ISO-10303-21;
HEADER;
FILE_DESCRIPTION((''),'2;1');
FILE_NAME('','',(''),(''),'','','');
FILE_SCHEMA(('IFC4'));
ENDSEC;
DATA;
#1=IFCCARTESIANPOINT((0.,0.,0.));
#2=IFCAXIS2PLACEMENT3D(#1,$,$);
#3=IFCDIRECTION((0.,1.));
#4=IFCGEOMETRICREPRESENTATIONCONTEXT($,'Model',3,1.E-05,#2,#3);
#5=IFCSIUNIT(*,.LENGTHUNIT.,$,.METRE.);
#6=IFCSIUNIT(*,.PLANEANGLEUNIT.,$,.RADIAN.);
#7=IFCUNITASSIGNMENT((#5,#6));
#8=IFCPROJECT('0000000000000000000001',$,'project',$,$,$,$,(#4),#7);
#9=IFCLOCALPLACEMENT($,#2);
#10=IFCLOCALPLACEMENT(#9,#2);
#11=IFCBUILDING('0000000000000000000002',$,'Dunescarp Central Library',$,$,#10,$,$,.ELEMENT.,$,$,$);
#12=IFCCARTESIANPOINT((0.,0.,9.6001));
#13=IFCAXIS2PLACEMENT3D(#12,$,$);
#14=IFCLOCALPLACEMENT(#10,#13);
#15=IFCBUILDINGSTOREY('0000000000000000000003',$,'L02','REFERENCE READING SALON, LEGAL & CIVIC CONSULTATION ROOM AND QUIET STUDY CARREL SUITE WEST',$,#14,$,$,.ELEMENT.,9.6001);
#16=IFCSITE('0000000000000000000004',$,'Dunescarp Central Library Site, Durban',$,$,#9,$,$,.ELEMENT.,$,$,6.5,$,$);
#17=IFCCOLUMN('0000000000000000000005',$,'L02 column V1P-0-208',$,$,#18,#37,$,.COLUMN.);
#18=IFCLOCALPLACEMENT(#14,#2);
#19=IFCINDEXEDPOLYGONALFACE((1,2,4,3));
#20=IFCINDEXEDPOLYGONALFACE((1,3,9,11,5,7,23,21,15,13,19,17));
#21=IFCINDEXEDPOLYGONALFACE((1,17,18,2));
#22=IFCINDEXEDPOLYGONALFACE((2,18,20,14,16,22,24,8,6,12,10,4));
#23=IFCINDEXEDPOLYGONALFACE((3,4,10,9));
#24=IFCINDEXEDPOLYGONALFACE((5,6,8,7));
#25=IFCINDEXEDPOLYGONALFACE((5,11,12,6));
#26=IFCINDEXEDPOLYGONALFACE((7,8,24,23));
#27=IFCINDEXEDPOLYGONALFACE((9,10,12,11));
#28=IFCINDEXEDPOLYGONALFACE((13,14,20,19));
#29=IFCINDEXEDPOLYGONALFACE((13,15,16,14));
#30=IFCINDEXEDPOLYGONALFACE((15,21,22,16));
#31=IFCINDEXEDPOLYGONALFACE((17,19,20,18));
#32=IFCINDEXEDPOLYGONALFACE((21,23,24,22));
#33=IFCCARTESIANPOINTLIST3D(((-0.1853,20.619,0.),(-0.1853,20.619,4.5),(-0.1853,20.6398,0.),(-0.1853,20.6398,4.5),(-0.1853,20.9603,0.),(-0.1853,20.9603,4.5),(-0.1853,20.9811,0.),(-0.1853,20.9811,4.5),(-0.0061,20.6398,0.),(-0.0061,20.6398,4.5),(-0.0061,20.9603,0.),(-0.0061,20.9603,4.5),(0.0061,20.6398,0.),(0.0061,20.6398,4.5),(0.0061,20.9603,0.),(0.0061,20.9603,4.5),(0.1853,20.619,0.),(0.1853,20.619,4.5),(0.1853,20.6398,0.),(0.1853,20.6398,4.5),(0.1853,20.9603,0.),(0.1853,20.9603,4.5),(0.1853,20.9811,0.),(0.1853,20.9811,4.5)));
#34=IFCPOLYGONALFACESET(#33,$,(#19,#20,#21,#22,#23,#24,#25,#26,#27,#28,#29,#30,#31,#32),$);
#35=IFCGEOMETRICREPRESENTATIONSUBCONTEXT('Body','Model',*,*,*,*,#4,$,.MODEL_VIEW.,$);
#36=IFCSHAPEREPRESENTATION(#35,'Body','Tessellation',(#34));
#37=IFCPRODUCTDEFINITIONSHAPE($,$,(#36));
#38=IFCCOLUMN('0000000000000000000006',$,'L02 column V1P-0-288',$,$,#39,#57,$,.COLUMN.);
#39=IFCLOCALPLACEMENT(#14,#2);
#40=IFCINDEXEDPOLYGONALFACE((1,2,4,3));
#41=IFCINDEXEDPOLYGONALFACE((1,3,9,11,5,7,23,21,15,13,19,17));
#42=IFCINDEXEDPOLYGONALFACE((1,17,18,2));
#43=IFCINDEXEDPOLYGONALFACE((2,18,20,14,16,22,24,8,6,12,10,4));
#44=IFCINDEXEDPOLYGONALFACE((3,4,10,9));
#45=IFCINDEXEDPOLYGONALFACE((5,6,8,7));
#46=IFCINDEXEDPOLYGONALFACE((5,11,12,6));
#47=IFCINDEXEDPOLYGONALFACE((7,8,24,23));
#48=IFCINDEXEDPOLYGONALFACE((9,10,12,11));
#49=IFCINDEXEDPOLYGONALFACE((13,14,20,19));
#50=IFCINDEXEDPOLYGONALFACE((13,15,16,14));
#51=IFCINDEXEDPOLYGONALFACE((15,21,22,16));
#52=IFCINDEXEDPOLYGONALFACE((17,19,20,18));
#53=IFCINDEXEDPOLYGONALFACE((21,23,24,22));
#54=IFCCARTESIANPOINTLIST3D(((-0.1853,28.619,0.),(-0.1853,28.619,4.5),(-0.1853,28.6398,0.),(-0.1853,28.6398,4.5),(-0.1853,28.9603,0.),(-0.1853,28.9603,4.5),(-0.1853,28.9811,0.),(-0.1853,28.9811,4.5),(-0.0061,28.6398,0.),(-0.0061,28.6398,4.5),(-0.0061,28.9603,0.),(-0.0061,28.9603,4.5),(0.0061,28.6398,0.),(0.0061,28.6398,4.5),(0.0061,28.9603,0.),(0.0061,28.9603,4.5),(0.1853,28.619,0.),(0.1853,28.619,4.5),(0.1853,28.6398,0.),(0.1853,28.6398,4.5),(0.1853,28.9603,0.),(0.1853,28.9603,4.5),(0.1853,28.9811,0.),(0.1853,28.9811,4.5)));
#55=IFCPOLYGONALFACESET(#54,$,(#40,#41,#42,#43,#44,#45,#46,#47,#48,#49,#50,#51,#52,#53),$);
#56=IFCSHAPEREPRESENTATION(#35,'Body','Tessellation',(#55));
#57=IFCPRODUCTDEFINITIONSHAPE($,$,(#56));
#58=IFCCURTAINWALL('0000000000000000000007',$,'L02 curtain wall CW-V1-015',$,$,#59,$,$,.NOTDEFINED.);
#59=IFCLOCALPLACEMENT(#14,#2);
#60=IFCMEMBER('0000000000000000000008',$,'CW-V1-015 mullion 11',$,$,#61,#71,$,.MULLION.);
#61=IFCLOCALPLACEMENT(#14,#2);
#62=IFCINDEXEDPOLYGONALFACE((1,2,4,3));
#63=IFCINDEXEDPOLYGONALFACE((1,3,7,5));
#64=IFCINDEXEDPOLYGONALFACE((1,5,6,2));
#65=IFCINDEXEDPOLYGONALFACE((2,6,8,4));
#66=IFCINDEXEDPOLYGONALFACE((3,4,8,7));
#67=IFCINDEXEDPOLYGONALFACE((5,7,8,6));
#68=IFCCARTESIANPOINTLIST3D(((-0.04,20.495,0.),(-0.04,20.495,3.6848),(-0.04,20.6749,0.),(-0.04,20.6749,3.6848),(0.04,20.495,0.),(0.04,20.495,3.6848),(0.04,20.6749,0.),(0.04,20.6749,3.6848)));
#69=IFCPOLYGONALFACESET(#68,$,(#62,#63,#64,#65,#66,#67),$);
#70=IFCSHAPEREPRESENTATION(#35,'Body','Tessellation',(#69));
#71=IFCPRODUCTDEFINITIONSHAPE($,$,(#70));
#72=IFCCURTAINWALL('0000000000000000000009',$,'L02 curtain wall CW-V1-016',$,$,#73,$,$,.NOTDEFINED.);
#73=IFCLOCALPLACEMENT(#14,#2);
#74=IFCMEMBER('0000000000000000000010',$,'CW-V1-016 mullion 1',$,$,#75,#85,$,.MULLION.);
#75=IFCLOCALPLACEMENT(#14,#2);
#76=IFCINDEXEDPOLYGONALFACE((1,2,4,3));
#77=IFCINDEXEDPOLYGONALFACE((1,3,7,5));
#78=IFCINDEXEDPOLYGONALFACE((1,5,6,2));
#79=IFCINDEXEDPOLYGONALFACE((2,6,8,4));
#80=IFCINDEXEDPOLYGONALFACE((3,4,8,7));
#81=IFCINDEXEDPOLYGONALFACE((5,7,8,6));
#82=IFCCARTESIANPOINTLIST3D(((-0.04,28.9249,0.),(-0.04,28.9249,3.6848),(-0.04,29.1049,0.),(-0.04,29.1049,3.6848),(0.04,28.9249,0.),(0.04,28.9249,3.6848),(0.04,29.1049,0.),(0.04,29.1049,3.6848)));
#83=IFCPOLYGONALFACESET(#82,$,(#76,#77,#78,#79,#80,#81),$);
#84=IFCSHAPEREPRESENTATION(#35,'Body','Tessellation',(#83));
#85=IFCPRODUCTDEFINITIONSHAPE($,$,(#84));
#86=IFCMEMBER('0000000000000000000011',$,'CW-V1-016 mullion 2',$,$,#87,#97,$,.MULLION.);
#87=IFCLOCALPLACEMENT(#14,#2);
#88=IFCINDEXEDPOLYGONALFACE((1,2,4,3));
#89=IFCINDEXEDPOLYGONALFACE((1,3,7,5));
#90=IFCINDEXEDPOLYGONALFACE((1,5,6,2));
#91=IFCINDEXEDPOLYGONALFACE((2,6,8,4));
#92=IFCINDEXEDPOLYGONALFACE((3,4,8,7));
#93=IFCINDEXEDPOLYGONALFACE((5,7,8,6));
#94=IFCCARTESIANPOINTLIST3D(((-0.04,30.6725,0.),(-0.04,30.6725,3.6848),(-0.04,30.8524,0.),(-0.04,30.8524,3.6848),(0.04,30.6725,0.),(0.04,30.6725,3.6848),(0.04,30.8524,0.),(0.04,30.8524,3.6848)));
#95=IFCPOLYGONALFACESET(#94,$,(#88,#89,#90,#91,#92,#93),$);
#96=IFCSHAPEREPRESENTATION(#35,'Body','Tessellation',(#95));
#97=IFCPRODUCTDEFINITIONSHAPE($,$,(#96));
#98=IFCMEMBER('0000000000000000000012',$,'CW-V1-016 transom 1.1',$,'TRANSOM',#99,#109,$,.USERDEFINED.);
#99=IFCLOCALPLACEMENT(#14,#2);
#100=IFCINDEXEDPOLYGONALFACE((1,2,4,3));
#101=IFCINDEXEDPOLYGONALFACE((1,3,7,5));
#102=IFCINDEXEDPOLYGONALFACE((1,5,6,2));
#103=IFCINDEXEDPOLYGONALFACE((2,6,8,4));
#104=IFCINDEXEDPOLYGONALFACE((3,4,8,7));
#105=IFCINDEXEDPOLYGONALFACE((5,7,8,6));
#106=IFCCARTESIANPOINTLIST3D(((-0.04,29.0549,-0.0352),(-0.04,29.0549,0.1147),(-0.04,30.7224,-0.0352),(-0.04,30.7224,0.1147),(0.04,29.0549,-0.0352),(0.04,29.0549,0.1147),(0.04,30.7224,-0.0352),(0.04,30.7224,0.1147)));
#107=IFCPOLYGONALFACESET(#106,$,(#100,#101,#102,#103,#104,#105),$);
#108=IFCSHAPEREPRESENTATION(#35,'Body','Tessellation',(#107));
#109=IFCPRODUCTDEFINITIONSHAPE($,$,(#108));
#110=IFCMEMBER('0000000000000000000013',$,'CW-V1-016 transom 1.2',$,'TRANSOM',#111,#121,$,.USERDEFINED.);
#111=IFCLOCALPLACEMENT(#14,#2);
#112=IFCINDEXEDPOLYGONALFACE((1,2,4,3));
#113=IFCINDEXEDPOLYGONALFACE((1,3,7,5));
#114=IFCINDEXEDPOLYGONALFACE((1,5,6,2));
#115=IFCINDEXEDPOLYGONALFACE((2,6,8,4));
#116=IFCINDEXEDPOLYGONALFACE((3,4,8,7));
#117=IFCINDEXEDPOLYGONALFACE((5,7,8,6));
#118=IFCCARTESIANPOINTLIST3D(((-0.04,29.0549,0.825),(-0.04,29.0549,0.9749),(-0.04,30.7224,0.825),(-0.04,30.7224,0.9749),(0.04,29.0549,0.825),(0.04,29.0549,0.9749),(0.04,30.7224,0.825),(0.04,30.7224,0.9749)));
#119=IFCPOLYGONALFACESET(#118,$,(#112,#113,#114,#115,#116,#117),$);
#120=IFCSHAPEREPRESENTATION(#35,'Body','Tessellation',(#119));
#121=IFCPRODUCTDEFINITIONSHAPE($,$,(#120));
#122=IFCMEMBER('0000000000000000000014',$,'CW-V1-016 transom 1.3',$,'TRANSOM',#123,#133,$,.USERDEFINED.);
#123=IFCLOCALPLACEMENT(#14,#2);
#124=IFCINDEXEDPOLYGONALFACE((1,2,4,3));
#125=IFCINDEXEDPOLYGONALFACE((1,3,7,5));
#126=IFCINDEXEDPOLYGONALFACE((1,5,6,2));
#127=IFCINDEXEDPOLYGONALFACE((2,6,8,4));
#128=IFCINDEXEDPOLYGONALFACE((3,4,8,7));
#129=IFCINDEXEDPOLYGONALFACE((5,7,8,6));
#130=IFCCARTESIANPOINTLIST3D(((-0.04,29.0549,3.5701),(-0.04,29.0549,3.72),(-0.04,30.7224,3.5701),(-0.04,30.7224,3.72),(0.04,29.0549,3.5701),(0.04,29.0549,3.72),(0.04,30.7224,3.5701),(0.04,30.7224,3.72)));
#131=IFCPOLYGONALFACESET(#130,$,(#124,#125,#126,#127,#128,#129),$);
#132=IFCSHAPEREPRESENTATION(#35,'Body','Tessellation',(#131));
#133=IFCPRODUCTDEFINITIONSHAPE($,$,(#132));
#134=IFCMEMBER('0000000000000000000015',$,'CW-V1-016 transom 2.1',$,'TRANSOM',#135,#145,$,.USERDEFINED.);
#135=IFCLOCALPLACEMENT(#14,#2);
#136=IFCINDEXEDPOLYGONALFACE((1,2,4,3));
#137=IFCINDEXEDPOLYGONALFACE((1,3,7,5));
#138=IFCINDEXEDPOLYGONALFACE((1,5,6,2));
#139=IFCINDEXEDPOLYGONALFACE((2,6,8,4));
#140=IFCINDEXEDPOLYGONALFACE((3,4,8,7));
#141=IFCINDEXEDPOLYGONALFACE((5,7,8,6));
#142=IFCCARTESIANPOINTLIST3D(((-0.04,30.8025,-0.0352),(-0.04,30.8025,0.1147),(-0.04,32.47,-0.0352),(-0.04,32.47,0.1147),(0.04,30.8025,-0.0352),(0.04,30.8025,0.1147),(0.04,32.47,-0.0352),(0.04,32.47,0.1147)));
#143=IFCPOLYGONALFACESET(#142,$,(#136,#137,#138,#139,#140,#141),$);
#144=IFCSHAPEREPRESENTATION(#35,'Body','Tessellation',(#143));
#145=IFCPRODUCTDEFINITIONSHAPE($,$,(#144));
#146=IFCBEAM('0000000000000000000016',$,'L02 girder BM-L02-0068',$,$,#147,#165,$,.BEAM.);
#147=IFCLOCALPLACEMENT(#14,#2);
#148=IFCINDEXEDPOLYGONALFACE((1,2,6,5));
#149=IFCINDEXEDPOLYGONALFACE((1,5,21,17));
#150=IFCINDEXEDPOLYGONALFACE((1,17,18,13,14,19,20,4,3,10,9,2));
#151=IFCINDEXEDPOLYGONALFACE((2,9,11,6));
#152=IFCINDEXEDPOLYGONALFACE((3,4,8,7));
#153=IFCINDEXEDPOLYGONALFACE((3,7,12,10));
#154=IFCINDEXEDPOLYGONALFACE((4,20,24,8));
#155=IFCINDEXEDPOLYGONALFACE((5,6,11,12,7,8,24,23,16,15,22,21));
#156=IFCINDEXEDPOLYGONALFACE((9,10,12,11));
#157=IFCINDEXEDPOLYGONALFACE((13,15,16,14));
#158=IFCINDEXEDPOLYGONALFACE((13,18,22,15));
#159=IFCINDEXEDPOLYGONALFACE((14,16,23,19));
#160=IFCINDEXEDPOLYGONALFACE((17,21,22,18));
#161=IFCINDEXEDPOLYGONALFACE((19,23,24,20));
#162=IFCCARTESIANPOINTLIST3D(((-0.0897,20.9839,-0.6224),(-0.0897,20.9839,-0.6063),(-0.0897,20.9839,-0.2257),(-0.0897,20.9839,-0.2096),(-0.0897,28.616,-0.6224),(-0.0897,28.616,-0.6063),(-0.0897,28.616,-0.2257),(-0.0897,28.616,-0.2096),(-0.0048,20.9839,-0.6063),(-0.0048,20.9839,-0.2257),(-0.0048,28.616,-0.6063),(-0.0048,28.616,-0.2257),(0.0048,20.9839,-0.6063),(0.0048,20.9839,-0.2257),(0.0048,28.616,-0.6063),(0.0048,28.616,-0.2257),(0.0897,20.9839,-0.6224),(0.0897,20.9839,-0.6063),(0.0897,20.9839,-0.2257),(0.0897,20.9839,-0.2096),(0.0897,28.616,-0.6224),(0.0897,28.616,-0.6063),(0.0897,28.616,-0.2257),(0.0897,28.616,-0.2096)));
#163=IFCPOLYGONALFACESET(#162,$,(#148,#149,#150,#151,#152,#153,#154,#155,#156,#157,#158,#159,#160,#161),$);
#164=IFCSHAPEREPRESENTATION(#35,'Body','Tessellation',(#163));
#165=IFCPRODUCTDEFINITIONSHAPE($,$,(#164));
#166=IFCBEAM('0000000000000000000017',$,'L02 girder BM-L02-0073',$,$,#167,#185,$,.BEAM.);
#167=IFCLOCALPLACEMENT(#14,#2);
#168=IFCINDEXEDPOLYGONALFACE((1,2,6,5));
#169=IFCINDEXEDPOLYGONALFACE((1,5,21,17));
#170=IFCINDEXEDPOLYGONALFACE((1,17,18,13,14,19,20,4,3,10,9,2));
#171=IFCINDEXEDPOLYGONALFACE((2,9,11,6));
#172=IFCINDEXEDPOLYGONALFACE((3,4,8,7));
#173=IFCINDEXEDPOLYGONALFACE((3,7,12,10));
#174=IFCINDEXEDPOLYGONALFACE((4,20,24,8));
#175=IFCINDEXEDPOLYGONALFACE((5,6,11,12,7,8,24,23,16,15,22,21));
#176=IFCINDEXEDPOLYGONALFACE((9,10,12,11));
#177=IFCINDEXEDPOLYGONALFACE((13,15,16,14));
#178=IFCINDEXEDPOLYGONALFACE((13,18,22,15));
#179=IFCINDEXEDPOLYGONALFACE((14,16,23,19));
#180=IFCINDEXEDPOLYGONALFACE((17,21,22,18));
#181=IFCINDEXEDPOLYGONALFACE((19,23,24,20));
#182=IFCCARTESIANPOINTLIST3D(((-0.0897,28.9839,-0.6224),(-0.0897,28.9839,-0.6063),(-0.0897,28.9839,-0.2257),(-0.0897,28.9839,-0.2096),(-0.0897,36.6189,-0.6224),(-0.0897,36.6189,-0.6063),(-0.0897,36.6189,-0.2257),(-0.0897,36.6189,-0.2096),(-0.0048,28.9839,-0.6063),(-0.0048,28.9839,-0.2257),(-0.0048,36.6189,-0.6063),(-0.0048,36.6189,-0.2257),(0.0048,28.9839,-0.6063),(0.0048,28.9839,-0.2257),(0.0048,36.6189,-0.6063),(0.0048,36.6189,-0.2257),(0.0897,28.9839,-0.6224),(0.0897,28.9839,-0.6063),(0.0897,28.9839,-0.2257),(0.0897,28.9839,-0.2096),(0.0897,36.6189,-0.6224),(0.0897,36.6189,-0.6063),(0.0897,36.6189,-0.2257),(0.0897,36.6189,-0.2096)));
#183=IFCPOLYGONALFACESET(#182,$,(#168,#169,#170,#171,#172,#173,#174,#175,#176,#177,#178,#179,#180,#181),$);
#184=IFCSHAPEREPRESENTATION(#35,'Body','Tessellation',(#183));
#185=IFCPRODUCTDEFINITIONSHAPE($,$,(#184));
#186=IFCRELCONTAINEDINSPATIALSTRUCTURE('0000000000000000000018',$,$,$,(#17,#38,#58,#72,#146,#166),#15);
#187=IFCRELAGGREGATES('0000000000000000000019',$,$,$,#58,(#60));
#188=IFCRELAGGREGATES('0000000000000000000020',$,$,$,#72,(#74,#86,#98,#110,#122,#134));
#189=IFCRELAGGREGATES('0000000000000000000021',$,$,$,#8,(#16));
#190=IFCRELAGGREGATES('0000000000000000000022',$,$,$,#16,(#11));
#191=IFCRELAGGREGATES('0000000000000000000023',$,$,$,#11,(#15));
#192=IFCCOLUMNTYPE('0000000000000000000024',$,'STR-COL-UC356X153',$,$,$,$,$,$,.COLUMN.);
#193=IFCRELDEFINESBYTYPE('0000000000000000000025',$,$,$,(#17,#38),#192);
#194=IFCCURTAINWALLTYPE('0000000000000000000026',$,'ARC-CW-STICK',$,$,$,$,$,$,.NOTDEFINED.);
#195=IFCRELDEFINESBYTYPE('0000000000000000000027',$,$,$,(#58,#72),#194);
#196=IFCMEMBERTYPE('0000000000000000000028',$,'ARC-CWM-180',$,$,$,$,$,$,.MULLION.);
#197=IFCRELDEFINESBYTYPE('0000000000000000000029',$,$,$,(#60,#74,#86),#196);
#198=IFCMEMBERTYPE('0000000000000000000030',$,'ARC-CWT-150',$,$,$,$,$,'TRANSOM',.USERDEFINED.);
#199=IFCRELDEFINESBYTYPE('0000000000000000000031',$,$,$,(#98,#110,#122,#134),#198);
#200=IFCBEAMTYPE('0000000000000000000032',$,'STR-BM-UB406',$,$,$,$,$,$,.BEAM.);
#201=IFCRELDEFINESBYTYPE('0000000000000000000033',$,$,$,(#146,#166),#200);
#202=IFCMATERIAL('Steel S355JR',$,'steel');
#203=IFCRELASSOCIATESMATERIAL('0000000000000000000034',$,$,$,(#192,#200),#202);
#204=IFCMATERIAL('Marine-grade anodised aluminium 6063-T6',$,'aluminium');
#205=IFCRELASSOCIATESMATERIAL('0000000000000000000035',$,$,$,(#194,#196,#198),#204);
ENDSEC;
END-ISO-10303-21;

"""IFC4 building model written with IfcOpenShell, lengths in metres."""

from ifc_helpers import new_model, si_unit, direction, frame, origin, origin_2d, place, context, subcontext, project, spatial, rectangle, i_section, extrude, material, material_profile, profile_set, type_object, element, aggregate, save


model = new_model("IFC4")

# Units and contexts
model_context = context("Model", 3, precision=1e-05, world=origin(), true_north=direction((0.0, 1.0)))
body_context = subcontext(model_context, "Body", "Model", "MODEL_VIEW")
ifc_project = project(units=[si_unit("LENGTHUNIT", "METRE"), si_unit("PLANEANGLEUNIT", "RADIAN")], contexts=[model_context])

# Site, building, storey
site_placement = place(None, origin())
site = spatial("IfcSite", under=ifc_project, at=site_placement, Name="Dunescarp Central Library Site, Durban", CompositionType="ELEMENT", RefElevation=6.5)
building_placement = place(site_placement, origin())
building = spatial("IfcBuilding", under=site, at=building_placement, Name="Dunescarp Central Library", CompositionType="ELEMENT")
storey_placement = place(building_placement, frame((0.0, 0.0, 9.6001)))
storey = spatial("IfcBuildingStorey", under=building, at=storey_placement, Name="L02", Description="REFERENCE READING SALON, LEGAL & CIVIC CONSULTATION ROOM AND QUIET STUDY CARREL SUITE WEST", CompositionType="ELEMENT", Elevation=9.6001)

# Columns
ifc_material_1 = material(Name="Steel S355JR", Category="steel")
ifc_material_profile_1 = material_profile(ifc_material_1, i_section(OverallWidth=0.3706, OverallDepth=0.3621, WebThickness=0.0122, FlangeThickness=0.0208, at=origin_2d()), Name="UC 356x368x153")
ifc_profile_set_1 = profile_set([ifc_material_profile_1], Name="Steel S355JR")
column_type = type_object("IfcColumnType", Name="STR-COL-UC356X153", PredefinedType="COLUMN", material=ifc_profile_set_1)
for number, where, z_axis, x_axis, name in (
    (1, (0.0, 20.8, 0.0), (0.0, 0.0, 1.0), (1.0, 0.0, 0.0), "L02 column V1P-0-208"),
    (2, (0.0, 28.8, 0.0), (0.0, 0.0, 1.0), (1.0, 0.0, 0.0), "L02 column V1P-0-288"),
):
    element("IfcColumn", number, at=place(storey_placement, frame(where, z_axis=z_axis, x_axis=x_axis)), inside=storey, type_object=column_type, Name=name, PredefinedType="COLUMN", context=body_context, shape_type="SweptSolid", body=[
        extrude(i_section(OverallWidth=0.3706, OverallDepth=0.3621, WebThickness=0.0122, FlangeThickness=0.0208, at=origin_2d()), origin(), (0.0, 0.0, 1.0), 4.5),
    ])

# Curtain wall, member
ifc_material_2 = material(Name="Marine-grade anodised aluminium 6063-T6", Category="aluminium")
curtain_wall_type = type_object("IfcCurtainWallType", Name="ARC-CW-STICK", PredefinedType="NOTDEFINED", material=ifc_material_2)
curtain_wall_1_placement = place(storey_placement, origin())
curtain_wall_1 = element("IfcCurtainWall", 3, at=curtain_wall_1_placement, inside=storey, type_object=curtain_wall_type, Name="L02 curtain wall CW-V1-015", PredefinedType="NOTDEFINED")
ifc_material_profile_2 = material_profile(ifc_material_2, rectangle(XDim=0.0801, YDim=0.1799, at=origin_2d()), Name="AL 80x180")
ifc_profile_set_2 = profile_set([ifc_material_profile_2], Name="Marine-grade anodised aluminium 6063-T6")
member_type_1 = type_object("IfcMemberType", Name="ARC-CWM-180", PredefinedType="MULLION", material=ifc_profile_set_2)
member_1_placement = place(storey_placement, frame((0.0, 20.585, 0.0), z_axis=(0.0, 0.0, 1.0), x_axis=(-1.0, 0.0, 0.0)))
member_1 = element("IfcMember", 4, at=member_1_placement, type_object=member_type_1, Name="CW-V1-015 mullion 11", PredefinedType="MULLION", context=body_context, shape_type="SweptSolid", body=[
    extrude(rectangle(XDim=0.0801, YDim=0.1799, at=origin_2d()), origin(), (0.0, 0.0, 1.0), 3.6848),
])

# Curtain wall, members
curtain_wall_2_placement = place(storey_placement, origin())
curtain_wall_2 = element("IfcCurtainWall", 5, at=curtain_wall_2_placement, inside=storey, type_object=curtain_wall_type, Name="L02 curtain wall CW-V1-016", PredefinedType="NOTDEFINED")
member_2_placement = place(storey_placement, frame((0.0, 29.0149, 0.0), z_axis=(0.0, 0.0, 1.0), x_axis=(-1.0, 0.0, 0.0)))
member_2 = element("IfcMember", 6, at=member_2_placement, type_object=member_type_1, Name="CW-V1-016 mullion 1", PredefinedType="MULLION", context=body_context, shape_type="SweptSolid", body=[
    extrude(rectangle(XDim=0.0801, YDim=0.1799, at=origin_2d()), origin(), (0.0, 0.0, 1.0), 3.6848),
])
member_3_placement = place(storey_placement, frame((0.0, 30.7625, 0.0), z_axis=(0.0, 0.0, 1.0), x_axis=(-1.0, 0.0, 0.0)))
member_3 = element("IfcMember", 7, at=member_3_placement, type_object=member_type_1, Name="CW-V1-016 mullion 2", PredefinedType="MULLION", context=body_context, shape_type="SweptSolid", body=[
    extrude(rectangle(XDim=0.0801, YDim=0.1799, at=origin_2d()), origin(), (0.0, 0.0, 1.0), 3.6848),
])
ifc_material_profile_3 = material_profile(ifc_material_2, rectangle(XDim=0.0801, YDim=0.1499, at=origin_2d()), Name="AL 80x150")
ifc_profile_set_3 = profile_set([ifc_material_profile_3], Name="Marine-grade anodised aluminium 6063-T6")
member_type_2 = type_object("IfcMemberType", Name="ARC-CWT-150", ElementType="TRANSOM", PredefinedType="USERDEFINED", material=ifc_profile_set_3)
member_4_placement = place(storey_placement, frame((0.0, 29.0549, 0.0398), z_axis=(0.0, 1.0, 0.0), x_axis=(-1.0, 0.0, 0.0)))
member_4 = element("IfcMember", 8, at=member_4_placement, type_object=member_type_2, Name="CW-V1-016 transom 1.1", ObjectType="TRANSOM", PredefinedType="USERDEFINED", context=body_context, shape_type="SweptSolid", body=[
    extrude(rectangle(XDim=0.0801, YDim=0.1499, at=origin_2d()), origin(), (0.0, 0.0, 1.0), 1.6675),
])
member_5_placement = place(storey_placement, frame((0.0, 29.0549, 0.8999), z_axis=(0.0, 1.0, 0.0), x_axis=(-1.0, 0.0, 0.0)))
member_5 = element("IfcMember", 9, at=member_5_placement, type_object=member_type_2, Name="CW-V1-016 transom 1.2", ObjectType="TRANSOM", PredefinedType="USERDEFINED", context=body_context, shape_type="SweptSolid", body=[
    extrude(rectangle(XDim=0.0801, YDim=0.1499, at=origin_2d()), origin(), (0.0, 0.0, 1.0), 1.6675),
])
member_6_placement = place(storey_placement, frame((0.0, 29.0549, 3.645), z_axis=(0.0, 1.0, 0.0), x_axis=(-1.0, 0.0, 0.0)))
member_6 = element("IfcMember", 10, at=member_6_placement, type_object=member_type_2, Name="CW-V1-016 transom 1.3", ObjectType="TRANSOM", PredefinedType="USERDEFINED", context=body_context, shape_type="SweptSolid", body=[
    extrude(rectangle(XDim=0.0801, YDim=0.1499, at=origin_2d()), origin(), (0.0, 0.0, 1.0), 1.6675),
])
member_7_placement = place(storey_placement, frame((0.0, 30.8025, 0.0398), z_axis=(0.0, 1.0, 0.0), x_axis=(-1.0, 0.0, 0.0)))
member_7 = element("IfcMember", 11, at=member_7_placement, type_object=member_type_2, Name="CW-V1-016 transom 2.1", ObjectType="TRANSOM", PredefinedType="USERDEFINED", context=body_context, shape_type="SweptSolid", body=[
    extrude(rectangle(XDim=0.0801, YDim=0.1499, at=origin_2d()), origin(), (0.0, 0.0, 1.0), 1.6675),
])

# Beams
ifc_material_profile_4 = material_profile(ifc_material_1, i_section(OverallWidth=0.1794, OverallDepth=0.4128, WebThickness=0.0095, FlangeThickness=0.0161, at=origin_2d()), Name="UB 406x178x74")
ifc_profile_set_4 = profile_set([ifc_material_profile_4], Name="Steel S355JR")
beam_type = type_object("IfcBeamType", Name="STR-BM-UB406", PredefinedType="BEAM", material=ifc_profile_set_4)
beam_1_placement = place(storey_placement, frame((0.0, 20.9839, -0.416), z_axis=(0.0, 1.0, 0.0), x_axis=(-1.0, 0.0, 0.0)))
element("IfcBeam", 12, at=beam_1_placement, inside=storey, type_object=beam_type, Name="L02 girder BM-L02-0068", PredefinedType="BEAM", context=body_context, shape_type="SweptSolid", body=[
    extrude(i_section(OverallWidth=0.1794, OverallDepth=0.4128, WebThickness=0.0095, FlangeThickness=0.0161, at=origin_2d()), origin(), (0.0, 0.0, 1.0), 7.6321),
])
beam_2_placement = place(storey_placement, frame((0.0, 28.9839, -0.416), z_axis=(0.0, 1.0, 0.0), x_axis=(-1.0, 0.0, 0.0)))
element("IfcBeam", 13, at=beam_2_placement, inside=storey, type_object=beam_type, Name="L02 girder BM-L02-0073", PredefinedType="BEAM", context=body_context, shape_type="SweptSolid", body=[
    extrude(i_section(OverallWidth=0.1794, OverallDepth=0.4128, WebThickness=0.0095, FlangeThickness=0.0161, at=origin_2d()), origin(), (0.0, 0.0, 1.0), 7.635),
])

aggregate(curtain_wall_1, [member_1])
aggregate(curtain_wall_2, [member_2, member_3, member_4, member_5, member_6, member_7])

save(model, "model.ifc")
